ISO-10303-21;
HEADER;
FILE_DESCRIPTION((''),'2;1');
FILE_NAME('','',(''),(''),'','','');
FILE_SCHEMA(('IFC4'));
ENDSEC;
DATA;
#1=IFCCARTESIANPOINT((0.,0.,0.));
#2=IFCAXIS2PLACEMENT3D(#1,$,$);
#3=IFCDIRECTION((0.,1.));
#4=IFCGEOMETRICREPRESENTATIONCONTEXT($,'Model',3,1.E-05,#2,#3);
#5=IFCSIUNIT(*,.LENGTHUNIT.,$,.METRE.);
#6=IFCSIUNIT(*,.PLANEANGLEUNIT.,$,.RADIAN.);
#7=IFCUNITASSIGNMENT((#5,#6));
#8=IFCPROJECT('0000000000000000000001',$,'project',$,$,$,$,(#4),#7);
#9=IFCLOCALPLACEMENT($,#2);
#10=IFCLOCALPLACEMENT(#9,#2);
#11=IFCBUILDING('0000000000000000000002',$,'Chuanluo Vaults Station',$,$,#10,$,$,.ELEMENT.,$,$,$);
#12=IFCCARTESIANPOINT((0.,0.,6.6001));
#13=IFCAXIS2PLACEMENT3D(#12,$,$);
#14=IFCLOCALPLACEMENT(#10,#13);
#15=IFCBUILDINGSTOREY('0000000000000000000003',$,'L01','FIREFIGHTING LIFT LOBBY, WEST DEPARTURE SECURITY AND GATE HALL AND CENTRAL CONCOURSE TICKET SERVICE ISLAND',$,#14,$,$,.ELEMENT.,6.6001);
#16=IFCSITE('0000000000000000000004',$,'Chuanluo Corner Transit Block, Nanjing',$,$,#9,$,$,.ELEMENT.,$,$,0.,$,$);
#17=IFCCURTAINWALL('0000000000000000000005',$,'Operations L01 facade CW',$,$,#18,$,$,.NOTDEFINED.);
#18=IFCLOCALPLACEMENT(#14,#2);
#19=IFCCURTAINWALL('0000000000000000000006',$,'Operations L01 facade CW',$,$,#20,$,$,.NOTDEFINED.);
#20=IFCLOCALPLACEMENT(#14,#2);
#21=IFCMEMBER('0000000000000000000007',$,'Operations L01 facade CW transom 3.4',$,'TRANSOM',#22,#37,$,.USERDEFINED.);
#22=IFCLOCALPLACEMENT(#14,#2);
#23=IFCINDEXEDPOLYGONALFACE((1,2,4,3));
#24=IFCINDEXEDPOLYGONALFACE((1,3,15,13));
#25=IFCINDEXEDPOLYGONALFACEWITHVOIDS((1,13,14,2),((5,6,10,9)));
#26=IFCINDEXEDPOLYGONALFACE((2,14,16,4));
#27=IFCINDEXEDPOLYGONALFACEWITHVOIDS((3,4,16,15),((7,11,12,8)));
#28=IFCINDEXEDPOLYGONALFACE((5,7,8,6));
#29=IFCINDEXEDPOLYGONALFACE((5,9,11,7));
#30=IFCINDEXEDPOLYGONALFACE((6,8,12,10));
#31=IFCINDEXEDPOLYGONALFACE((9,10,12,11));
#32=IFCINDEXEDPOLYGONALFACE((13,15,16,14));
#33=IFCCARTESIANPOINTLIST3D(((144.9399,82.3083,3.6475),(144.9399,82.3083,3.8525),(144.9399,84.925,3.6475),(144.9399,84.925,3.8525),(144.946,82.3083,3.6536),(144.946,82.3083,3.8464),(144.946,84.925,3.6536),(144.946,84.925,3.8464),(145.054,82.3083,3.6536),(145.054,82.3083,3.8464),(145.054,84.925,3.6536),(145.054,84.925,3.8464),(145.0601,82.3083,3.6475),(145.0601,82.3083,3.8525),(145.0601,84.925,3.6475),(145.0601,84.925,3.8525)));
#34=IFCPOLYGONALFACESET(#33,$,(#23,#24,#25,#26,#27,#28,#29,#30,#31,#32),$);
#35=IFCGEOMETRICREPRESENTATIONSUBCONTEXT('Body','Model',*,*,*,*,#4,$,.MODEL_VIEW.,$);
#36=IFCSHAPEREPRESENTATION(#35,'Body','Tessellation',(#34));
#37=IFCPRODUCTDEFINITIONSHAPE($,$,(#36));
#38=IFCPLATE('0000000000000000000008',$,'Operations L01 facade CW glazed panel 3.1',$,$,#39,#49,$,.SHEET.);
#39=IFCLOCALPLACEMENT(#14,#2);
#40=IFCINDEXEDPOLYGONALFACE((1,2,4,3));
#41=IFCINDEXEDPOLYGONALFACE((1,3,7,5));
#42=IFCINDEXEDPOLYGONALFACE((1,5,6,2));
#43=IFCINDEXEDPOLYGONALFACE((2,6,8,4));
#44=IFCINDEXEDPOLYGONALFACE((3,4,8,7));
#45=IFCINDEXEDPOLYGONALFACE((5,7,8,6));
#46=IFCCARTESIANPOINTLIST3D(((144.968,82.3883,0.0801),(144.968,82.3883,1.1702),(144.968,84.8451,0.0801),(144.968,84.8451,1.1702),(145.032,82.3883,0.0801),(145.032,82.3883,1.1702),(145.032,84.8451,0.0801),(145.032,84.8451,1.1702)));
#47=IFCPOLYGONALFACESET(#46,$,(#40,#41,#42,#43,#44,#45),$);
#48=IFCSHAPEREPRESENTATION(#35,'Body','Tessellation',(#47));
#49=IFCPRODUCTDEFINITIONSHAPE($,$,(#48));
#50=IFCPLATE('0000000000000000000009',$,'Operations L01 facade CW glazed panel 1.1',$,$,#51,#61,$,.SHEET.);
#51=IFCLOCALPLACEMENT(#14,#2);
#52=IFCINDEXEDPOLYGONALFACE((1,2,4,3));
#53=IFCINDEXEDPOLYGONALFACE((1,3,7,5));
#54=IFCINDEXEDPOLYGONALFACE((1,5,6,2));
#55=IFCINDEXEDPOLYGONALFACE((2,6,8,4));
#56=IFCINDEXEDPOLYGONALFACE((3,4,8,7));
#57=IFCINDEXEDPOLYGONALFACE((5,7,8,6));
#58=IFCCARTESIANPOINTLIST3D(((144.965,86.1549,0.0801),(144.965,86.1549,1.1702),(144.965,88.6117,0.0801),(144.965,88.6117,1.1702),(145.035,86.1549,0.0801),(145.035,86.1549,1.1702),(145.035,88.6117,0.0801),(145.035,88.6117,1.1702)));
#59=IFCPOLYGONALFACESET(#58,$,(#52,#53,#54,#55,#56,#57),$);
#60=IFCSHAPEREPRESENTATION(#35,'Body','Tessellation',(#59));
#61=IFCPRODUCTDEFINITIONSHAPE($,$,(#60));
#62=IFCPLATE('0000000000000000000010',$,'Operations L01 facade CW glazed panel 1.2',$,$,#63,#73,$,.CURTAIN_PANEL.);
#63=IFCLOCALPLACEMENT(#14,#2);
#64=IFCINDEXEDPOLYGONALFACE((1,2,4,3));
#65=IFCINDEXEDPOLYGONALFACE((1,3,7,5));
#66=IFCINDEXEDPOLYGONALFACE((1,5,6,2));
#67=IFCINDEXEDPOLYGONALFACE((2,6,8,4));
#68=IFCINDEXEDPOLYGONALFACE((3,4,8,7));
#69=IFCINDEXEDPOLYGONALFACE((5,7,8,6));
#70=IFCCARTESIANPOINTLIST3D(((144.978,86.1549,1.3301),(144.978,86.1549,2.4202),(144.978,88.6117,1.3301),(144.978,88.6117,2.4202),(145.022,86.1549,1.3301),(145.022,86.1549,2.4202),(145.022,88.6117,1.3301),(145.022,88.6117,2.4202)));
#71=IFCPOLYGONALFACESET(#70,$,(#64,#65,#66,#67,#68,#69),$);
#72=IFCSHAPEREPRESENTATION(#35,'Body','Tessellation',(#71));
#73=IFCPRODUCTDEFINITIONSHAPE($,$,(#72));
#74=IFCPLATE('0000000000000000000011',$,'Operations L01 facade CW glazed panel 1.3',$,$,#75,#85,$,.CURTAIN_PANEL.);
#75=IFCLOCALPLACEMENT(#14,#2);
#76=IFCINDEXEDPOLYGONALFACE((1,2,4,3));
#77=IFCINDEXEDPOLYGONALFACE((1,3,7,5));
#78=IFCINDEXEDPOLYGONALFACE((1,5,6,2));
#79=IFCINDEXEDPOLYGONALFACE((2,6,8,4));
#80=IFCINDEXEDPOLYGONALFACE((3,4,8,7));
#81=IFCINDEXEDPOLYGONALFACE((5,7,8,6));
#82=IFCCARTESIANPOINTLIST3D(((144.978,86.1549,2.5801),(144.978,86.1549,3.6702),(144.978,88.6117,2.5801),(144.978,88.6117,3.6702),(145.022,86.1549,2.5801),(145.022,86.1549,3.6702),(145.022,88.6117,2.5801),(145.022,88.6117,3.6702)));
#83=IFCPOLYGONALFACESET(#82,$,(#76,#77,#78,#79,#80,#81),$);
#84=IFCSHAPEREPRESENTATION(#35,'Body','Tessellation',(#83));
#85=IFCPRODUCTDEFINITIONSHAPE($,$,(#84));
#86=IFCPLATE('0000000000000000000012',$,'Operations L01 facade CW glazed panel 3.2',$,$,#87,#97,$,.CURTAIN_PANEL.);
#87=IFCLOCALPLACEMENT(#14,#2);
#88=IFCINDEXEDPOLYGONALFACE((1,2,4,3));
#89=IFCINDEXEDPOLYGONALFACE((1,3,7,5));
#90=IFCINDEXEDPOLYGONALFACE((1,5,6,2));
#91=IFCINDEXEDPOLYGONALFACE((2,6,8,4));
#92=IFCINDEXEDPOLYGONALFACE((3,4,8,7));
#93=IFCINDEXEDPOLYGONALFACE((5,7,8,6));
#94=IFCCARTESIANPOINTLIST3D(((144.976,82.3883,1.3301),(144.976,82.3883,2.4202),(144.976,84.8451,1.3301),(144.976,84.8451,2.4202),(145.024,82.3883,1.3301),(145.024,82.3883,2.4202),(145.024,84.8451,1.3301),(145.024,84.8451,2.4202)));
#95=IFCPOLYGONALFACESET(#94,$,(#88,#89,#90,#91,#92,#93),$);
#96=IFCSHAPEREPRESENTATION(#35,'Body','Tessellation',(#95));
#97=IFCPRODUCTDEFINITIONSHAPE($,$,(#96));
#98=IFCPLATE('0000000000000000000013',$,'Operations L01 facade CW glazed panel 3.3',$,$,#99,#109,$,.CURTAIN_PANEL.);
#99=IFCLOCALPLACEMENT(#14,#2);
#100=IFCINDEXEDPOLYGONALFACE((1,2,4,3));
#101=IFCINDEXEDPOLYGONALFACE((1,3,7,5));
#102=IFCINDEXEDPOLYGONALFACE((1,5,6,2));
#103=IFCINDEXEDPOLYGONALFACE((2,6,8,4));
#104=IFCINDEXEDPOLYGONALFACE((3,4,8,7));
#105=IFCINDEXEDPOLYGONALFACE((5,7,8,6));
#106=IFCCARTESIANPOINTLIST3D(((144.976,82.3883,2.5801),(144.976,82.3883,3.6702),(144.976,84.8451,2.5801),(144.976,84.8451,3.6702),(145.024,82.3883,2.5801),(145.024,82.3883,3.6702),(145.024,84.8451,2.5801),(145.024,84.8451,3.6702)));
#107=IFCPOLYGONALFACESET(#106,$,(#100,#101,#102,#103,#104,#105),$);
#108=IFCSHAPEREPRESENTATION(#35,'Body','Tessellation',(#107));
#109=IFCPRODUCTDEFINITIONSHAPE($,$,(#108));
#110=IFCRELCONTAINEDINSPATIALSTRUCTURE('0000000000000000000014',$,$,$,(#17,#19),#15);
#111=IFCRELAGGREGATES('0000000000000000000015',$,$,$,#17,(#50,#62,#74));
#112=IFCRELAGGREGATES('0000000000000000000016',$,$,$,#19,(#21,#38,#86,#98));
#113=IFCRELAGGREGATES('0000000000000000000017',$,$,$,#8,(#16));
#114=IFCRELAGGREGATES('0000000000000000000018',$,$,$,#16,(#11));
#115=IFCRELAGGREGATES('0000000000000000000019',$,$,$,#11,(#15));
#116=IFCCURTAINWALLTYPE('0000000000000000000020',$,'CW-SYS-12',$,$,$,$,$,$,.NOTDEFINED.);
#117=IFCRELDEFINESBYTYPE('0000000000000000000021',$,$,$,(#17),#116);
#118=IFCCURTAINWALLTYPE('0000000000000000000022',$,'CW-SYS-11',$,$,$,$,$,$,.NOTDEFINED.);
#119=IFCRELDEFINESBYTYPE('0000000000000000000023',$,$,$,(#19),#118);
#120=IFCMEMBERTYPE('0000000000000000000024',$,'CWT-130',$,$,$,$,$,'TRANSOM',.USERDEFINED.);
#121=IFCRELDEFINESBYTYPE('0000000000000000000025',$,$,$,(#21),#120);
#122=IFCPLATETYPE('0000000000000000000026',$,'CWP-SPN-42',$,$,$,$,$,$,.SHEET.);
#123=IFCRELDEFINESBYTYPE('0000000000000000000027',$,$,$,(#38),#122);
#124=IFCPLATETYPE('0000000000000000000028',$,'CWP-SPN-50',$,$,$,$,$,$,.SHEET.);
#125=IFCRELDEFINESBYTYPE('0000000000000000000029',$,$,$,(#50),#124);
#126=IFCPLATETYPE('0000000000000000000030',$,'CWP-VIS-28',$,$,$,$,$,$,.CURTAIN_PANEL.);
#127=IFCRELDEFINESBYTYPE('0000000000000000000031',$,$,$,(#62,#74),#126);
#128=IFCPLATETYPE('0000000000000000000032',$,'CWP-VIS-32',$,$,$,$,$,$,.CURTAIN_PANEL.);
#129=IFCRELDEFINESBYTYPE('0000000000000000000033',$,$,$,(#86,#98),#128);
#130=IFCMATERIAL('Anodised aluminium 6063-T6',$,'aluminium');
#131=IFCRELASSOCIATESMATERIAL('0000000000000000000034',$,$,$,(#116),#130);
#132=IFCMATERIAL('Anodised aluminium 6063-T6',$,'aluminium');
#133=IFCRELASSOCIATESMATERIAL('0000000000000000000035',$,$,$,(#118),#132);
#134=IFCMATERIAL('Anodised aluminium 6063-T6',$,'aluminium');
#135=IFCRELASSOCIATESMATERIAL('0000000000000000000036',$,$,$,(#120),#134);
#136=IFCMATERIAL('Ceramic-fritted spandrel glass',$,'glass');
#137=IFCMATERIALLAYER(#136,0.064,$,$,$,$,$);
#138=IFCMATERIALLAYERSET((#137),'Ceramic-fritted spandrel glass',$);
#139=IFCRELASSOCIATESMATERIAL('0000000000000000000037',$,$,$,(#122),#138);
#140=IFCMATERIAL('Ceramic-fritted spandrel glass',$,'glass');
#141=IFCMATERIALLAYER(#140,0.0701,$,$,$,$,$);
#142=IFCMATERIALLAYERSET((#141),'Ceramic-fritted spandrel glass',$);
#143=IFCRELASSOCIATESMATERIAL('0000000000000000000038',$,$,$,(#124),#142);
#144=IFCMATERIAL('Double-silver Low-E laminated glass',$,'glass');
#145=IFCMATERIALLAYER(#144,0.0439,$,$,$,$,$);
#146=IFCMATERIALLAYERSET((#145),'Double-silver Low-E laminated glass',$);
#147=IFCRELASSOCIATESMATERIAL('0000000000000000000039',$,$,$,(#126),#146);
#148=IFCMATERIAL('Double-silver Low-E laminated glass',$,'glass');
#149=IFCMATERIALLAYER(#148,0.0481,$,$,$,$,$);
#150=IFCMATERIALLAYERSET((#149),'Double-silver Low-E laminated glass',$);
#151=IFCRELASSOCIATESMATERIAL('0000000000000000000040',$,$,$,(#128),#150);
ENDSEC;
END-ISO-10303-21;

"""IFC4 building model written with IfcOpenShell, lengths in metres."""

from ifc_helpers import new_model, si_unit, direction, frame, origin, origin_2d, place, context, subcontext, project, spatial, rectangle, hollow_rectangle, extrude, material, layer, layer_set, material_profile, profile_set, type_object, element, aggregate, save


model = new_model("IFC4")

# Units and contexts
model_context = context("Model", 3, precision=1e-05, world=origin(), true_north=direction((0.0, 1.0)))
body_context = subcontext(model_context, "Body", "Model", "MODEL_VIEW")
ifc_project = project(units=[si_unit("LENGTHUNIT", "METRE"), si_unit("PLANEANGLEUNIT", "RADIAN")], contexts=[model_context])

# Site, building, storey
site_placement = place(None, origin())
site = spatial("IfcSite", under=ifc_project, at=site_placement, Name="Chuanluo Corner Transit Block, Nanjing", CompositionType="ELEMENT", RefElevation=0.0)
building_placement = place(site_placement, origin())
building = spatial("IfcBuilding", under=site, at=building_placement, Name="Chuanluo Vaults Station", CompositionType="ELEMENT")
storey_placement = place(building_placement, frame((0.0, 0.0, 6.6001)))
storey = spatial("IfcBuildingStorey", under=building, at=storey_placement, Name="L01", Description="FIREFIGHTING LIFT LOBBY, WEST DEPARTURE SECURITY AND GATE HALL AND CENTRAL CONCOURSE TICKET SERVICE ISLAND", CompositionType="ELEMENT", Elevation=6.6001)

# Curtain walls
ifc_material_1 = material(Name="Anodised aluminium 6063-T6", Category="aluminium")
curtain_wall_type_1 = type_object("IfcCurtainWallType", Name="CW-SYS-12", PredefinedType="NOTDEFINED", material=ifc_material_1)
curtain_wall_1_placement = place(storey_placement, origin())
curtain_wall_1 = element("IfcCurtainWall", 1, at=curtain_wall_1_placement, inside=storey, type_object=curtain_wall_type_1, Name="Operations L01 facade CW", PredefinedType="NOTDEFINED")
ifc_material_2 = material(Name="Anodised aluminium 6063-T6", Category="aluminium")
curtain_wall_type_2 = type_object("IfcCurtainWallType", Name="CW-SYS-11", PredefinedType="NOTDEFINED", material=ifc_material_2)
curtain_wall_2_placement = place(storey_placement, origin())
curtain_wall_2 = element("IfcCurtainWall", 2, at=curtain_wall_2_placement, inside=storey, type_object=curtain_wall_type_2, Name="Operations L01 facade CW", PredefinedType="NOTDEFINED")

# Member
ifc_material_3 = material(Name="Anodised aluminium 6063-T6", Category="aluminium")
ifc_material_profile_1 = material_profile(ifc_material_3, hollow_rectangle(XDim=0.1201, YDim=0.2051, WallThickness=0.0061, at=origin_2d()))
ifc_profile_set_1 = profile_set([ifc_material_profile_1], Name="Anodised aluminium 6063-T6")
member_type_1 = type_object("IfcMemberType", Name="CWT-130", ElementType="TRANSOM", PredefinedType="USERDEFINED", material=ifc_profile_set_1)
member_1_placement = place(storey_placement, frame((145.0, 82.3083, 3.75), z_axis=(0.0, 1.0, 0.0), x_axis=(-1.0, 0.0, 0.0)))
member_1 = element("IfcMember", 3, at=member_1_placement, type_object=member_type_1, Name="Operations L01 facade CW transom 3.4", ObjectType="TRANSOM", PredefinedType="USERDEFINED", context=body_context, shape_type="SweptSolid", body=[
    extrude(hollow_rectangle(XDim=0.1201, YDim=0.2051, WallThickness=0.0061, at=origin_2d()), origin(), (0.0, 0.0, 1.0), 2.6167),
])

# Plates
ifc_material_4 = material(Name="Ceramic-fritted spandrel glass", Category="glass")
ifc_layer_1 = layer(ifc_material_4, 0.064)
ifc_layer_set_1 = layer_set([ifc_layer_1], Name="Ceramic-fritted spandrel glass")
plate_type_1 = type_object("IfcPlateType", Name="CWP-SPN-42", PredefinedType="SHEET", material=ifc_layer_set_1)
plate_1_placement = place(storey_placement, frame((145.0, 83.6167, 0.0801), z_axis=(0.0, 0.0, 1.0), x_axis=(0.0, 1.0, 0.0)))
plate_1 = element("IfcPlate", 4, at=plate_1_placement, type_object=plate_type_1, Name="Operations L01 facade CW glazed panel 3.1", PredefinedType="SHEET", context=body_context, shape_type="SweptSolid", body=[
    extrude(rectangle(XDim=2.4568, YDim=0.064, at=origin_2d()), origin(), (0.0, 0.0, 1.0), 1.0901),
])
ifc_material_5 = material(Name="Ceramic-fritted spandrel glass", Category="glass")
ifc_layer_2 = layer(ifc_material_5, 0.0701)
ifc_layer_set_2 = layer_set([ifc_layer_2], Name="Ceramic-fritted spandrel glass")
plate_type_2 = type_object("IfcPlateType", Name="CWP-SPN-50", PredefinedType="SHEET", material=ifc_layer_set_2)
plate_2_placement = place(storey_placement, frame((145.0, 87.3833, 0.0801), z_axis=(0.0, 0.0, 1.0), x_axis=(0.0, 1.0, 0.0)))
plate_2 = element("IfcPlate", 5, at=plate_2_placement, type_object=plate_type_2, Name="Operations L01 facade CW glazed panel 1.1", PredefinedType="SHEET", context=body_context, shape_type="SweptSolid", body=[
    extrude(rectangle(XDim=2.4568, YDim=0.0701, at=origin_2d()), origin(), (0.0, 0.0, 1.0), 1.0901),
])
ifc_material_6 = material(Name="Double-silver Low-E laminated glass", Category="glass")
ifc_layer_3 = layer(ifc_material_6, 0.0439)
ifc_layer_set_3 = layer_set([ifc_layer_3], Name="Double-silver Low-E laminated glass")
plate_type_3 = type_object("IfcPlateType", Name="CWP-VIS-28", PredefinedType="CURTAIN_PANEL", material=ifc_layer_set_3)
plate_3_placement = place(storey_placement, frame((145.0, 87.3833, 1.3301), z_axis=(0.0, 0.0, 1.0), x_axis=(0.0, 1.0, 0.0)))
plate_3 = element("IfcPlate", 6, at=plate_3_placement, type_object=plate_type_3, Name="Operations L01 facade CW glazed panel 1.2", PredefinedType="CURTAIN_PANEL", context=body_context, shape_type="SweptSolid", body=[
    extrude(rectangle(XDim=2.4568, YDim=0.0439, at=origin_2d()), origin(), (0.0, 0.0, 1.0), 1.0901),
])
plate_4_placement = place(storey_placement, frame((145.0, 87.3833, 2.5801), z_axis=(0.0, 0.0, 1.0), x_axis=(0.0, 1.0, 0.0)))
plate_4 = element("IfcPlate", 7, at=plate_4_placement, type_object=plate_type_3, Name="Operations L01 facade CW glazed panel 1.3", PredefinedType="CURTAIN_PANEL", context=body_context, shape_type="SweptSolid", body=[
    extrude(rectangle(XDim=2.4568, YDim=0.0439, at=origin_2d()), origin(), (0.0, 0.0, 1.0), 1.0901),
])
aggregate(curtain_wall_1, [plate_2, plate_3, plate_4])
ifc_material_7 = material(Name="Double-silver Low-E laminated glass", Category="glass")
ifc_layer_4 = layer(ifc_material_7, 0.0481)
ifc_layer_set_4 = layer_set([ifc_layer_4], Name="Double-silver Low-E laminated glass")
plate_type_4 = type_object("IfcPlateType", Name="CWP-VIS-32", PredefinedType="CURTAIN_PANEL", material=ifc_layer_set_4)
plate_5_placement = place(storey_placement, frame((145.0, 83.6167, 1.3301), z_axis=(0.0, 0.0, 1.0), x_axis=(0.0, 1.0, 0.0)))
plate_5 = element("IfcPlate", 8, at=plate_5_placement, type_object=plate_type_4, Name="Operations L01 facade CW glazed panel 3.2", PredefinedType="CURTAIN_PANEL", context=body_context, shape_type="SweptSolid", body=[
    extrude(rectangle(XDim=2.4568, YDim=0.0481, at=origin_2d()), origin(), (0.0, 0.0, 1.0), 1.0901),
])
plate_6_placement = place(storey_placement, frame((145.0, 83.6167, 2.5801), z_axis=(0.0, 0.0, 1.0), x_axis=(0.0, 1.0, 0.0)))
plate_6 = element("IfcPlate", 9, at=plate_6_placement, type_object=plate_type_4, Name="Operations L01 facade CW glazed panel 3.3", PredefinedType="CURTAIN_PANEL", context=body_context, shape_type="SweptSolid", body=[
    extrude(rectangle(XDim=2.4568, YDim=0.0481, at=origin_2d()), origin(), (0.0, 0.0, 1.0), 1.0901),
])
aggregate(curtain_wall_2, [member_1, plate_1, plate_5, plate_6])

save(model, "model.ifc")
